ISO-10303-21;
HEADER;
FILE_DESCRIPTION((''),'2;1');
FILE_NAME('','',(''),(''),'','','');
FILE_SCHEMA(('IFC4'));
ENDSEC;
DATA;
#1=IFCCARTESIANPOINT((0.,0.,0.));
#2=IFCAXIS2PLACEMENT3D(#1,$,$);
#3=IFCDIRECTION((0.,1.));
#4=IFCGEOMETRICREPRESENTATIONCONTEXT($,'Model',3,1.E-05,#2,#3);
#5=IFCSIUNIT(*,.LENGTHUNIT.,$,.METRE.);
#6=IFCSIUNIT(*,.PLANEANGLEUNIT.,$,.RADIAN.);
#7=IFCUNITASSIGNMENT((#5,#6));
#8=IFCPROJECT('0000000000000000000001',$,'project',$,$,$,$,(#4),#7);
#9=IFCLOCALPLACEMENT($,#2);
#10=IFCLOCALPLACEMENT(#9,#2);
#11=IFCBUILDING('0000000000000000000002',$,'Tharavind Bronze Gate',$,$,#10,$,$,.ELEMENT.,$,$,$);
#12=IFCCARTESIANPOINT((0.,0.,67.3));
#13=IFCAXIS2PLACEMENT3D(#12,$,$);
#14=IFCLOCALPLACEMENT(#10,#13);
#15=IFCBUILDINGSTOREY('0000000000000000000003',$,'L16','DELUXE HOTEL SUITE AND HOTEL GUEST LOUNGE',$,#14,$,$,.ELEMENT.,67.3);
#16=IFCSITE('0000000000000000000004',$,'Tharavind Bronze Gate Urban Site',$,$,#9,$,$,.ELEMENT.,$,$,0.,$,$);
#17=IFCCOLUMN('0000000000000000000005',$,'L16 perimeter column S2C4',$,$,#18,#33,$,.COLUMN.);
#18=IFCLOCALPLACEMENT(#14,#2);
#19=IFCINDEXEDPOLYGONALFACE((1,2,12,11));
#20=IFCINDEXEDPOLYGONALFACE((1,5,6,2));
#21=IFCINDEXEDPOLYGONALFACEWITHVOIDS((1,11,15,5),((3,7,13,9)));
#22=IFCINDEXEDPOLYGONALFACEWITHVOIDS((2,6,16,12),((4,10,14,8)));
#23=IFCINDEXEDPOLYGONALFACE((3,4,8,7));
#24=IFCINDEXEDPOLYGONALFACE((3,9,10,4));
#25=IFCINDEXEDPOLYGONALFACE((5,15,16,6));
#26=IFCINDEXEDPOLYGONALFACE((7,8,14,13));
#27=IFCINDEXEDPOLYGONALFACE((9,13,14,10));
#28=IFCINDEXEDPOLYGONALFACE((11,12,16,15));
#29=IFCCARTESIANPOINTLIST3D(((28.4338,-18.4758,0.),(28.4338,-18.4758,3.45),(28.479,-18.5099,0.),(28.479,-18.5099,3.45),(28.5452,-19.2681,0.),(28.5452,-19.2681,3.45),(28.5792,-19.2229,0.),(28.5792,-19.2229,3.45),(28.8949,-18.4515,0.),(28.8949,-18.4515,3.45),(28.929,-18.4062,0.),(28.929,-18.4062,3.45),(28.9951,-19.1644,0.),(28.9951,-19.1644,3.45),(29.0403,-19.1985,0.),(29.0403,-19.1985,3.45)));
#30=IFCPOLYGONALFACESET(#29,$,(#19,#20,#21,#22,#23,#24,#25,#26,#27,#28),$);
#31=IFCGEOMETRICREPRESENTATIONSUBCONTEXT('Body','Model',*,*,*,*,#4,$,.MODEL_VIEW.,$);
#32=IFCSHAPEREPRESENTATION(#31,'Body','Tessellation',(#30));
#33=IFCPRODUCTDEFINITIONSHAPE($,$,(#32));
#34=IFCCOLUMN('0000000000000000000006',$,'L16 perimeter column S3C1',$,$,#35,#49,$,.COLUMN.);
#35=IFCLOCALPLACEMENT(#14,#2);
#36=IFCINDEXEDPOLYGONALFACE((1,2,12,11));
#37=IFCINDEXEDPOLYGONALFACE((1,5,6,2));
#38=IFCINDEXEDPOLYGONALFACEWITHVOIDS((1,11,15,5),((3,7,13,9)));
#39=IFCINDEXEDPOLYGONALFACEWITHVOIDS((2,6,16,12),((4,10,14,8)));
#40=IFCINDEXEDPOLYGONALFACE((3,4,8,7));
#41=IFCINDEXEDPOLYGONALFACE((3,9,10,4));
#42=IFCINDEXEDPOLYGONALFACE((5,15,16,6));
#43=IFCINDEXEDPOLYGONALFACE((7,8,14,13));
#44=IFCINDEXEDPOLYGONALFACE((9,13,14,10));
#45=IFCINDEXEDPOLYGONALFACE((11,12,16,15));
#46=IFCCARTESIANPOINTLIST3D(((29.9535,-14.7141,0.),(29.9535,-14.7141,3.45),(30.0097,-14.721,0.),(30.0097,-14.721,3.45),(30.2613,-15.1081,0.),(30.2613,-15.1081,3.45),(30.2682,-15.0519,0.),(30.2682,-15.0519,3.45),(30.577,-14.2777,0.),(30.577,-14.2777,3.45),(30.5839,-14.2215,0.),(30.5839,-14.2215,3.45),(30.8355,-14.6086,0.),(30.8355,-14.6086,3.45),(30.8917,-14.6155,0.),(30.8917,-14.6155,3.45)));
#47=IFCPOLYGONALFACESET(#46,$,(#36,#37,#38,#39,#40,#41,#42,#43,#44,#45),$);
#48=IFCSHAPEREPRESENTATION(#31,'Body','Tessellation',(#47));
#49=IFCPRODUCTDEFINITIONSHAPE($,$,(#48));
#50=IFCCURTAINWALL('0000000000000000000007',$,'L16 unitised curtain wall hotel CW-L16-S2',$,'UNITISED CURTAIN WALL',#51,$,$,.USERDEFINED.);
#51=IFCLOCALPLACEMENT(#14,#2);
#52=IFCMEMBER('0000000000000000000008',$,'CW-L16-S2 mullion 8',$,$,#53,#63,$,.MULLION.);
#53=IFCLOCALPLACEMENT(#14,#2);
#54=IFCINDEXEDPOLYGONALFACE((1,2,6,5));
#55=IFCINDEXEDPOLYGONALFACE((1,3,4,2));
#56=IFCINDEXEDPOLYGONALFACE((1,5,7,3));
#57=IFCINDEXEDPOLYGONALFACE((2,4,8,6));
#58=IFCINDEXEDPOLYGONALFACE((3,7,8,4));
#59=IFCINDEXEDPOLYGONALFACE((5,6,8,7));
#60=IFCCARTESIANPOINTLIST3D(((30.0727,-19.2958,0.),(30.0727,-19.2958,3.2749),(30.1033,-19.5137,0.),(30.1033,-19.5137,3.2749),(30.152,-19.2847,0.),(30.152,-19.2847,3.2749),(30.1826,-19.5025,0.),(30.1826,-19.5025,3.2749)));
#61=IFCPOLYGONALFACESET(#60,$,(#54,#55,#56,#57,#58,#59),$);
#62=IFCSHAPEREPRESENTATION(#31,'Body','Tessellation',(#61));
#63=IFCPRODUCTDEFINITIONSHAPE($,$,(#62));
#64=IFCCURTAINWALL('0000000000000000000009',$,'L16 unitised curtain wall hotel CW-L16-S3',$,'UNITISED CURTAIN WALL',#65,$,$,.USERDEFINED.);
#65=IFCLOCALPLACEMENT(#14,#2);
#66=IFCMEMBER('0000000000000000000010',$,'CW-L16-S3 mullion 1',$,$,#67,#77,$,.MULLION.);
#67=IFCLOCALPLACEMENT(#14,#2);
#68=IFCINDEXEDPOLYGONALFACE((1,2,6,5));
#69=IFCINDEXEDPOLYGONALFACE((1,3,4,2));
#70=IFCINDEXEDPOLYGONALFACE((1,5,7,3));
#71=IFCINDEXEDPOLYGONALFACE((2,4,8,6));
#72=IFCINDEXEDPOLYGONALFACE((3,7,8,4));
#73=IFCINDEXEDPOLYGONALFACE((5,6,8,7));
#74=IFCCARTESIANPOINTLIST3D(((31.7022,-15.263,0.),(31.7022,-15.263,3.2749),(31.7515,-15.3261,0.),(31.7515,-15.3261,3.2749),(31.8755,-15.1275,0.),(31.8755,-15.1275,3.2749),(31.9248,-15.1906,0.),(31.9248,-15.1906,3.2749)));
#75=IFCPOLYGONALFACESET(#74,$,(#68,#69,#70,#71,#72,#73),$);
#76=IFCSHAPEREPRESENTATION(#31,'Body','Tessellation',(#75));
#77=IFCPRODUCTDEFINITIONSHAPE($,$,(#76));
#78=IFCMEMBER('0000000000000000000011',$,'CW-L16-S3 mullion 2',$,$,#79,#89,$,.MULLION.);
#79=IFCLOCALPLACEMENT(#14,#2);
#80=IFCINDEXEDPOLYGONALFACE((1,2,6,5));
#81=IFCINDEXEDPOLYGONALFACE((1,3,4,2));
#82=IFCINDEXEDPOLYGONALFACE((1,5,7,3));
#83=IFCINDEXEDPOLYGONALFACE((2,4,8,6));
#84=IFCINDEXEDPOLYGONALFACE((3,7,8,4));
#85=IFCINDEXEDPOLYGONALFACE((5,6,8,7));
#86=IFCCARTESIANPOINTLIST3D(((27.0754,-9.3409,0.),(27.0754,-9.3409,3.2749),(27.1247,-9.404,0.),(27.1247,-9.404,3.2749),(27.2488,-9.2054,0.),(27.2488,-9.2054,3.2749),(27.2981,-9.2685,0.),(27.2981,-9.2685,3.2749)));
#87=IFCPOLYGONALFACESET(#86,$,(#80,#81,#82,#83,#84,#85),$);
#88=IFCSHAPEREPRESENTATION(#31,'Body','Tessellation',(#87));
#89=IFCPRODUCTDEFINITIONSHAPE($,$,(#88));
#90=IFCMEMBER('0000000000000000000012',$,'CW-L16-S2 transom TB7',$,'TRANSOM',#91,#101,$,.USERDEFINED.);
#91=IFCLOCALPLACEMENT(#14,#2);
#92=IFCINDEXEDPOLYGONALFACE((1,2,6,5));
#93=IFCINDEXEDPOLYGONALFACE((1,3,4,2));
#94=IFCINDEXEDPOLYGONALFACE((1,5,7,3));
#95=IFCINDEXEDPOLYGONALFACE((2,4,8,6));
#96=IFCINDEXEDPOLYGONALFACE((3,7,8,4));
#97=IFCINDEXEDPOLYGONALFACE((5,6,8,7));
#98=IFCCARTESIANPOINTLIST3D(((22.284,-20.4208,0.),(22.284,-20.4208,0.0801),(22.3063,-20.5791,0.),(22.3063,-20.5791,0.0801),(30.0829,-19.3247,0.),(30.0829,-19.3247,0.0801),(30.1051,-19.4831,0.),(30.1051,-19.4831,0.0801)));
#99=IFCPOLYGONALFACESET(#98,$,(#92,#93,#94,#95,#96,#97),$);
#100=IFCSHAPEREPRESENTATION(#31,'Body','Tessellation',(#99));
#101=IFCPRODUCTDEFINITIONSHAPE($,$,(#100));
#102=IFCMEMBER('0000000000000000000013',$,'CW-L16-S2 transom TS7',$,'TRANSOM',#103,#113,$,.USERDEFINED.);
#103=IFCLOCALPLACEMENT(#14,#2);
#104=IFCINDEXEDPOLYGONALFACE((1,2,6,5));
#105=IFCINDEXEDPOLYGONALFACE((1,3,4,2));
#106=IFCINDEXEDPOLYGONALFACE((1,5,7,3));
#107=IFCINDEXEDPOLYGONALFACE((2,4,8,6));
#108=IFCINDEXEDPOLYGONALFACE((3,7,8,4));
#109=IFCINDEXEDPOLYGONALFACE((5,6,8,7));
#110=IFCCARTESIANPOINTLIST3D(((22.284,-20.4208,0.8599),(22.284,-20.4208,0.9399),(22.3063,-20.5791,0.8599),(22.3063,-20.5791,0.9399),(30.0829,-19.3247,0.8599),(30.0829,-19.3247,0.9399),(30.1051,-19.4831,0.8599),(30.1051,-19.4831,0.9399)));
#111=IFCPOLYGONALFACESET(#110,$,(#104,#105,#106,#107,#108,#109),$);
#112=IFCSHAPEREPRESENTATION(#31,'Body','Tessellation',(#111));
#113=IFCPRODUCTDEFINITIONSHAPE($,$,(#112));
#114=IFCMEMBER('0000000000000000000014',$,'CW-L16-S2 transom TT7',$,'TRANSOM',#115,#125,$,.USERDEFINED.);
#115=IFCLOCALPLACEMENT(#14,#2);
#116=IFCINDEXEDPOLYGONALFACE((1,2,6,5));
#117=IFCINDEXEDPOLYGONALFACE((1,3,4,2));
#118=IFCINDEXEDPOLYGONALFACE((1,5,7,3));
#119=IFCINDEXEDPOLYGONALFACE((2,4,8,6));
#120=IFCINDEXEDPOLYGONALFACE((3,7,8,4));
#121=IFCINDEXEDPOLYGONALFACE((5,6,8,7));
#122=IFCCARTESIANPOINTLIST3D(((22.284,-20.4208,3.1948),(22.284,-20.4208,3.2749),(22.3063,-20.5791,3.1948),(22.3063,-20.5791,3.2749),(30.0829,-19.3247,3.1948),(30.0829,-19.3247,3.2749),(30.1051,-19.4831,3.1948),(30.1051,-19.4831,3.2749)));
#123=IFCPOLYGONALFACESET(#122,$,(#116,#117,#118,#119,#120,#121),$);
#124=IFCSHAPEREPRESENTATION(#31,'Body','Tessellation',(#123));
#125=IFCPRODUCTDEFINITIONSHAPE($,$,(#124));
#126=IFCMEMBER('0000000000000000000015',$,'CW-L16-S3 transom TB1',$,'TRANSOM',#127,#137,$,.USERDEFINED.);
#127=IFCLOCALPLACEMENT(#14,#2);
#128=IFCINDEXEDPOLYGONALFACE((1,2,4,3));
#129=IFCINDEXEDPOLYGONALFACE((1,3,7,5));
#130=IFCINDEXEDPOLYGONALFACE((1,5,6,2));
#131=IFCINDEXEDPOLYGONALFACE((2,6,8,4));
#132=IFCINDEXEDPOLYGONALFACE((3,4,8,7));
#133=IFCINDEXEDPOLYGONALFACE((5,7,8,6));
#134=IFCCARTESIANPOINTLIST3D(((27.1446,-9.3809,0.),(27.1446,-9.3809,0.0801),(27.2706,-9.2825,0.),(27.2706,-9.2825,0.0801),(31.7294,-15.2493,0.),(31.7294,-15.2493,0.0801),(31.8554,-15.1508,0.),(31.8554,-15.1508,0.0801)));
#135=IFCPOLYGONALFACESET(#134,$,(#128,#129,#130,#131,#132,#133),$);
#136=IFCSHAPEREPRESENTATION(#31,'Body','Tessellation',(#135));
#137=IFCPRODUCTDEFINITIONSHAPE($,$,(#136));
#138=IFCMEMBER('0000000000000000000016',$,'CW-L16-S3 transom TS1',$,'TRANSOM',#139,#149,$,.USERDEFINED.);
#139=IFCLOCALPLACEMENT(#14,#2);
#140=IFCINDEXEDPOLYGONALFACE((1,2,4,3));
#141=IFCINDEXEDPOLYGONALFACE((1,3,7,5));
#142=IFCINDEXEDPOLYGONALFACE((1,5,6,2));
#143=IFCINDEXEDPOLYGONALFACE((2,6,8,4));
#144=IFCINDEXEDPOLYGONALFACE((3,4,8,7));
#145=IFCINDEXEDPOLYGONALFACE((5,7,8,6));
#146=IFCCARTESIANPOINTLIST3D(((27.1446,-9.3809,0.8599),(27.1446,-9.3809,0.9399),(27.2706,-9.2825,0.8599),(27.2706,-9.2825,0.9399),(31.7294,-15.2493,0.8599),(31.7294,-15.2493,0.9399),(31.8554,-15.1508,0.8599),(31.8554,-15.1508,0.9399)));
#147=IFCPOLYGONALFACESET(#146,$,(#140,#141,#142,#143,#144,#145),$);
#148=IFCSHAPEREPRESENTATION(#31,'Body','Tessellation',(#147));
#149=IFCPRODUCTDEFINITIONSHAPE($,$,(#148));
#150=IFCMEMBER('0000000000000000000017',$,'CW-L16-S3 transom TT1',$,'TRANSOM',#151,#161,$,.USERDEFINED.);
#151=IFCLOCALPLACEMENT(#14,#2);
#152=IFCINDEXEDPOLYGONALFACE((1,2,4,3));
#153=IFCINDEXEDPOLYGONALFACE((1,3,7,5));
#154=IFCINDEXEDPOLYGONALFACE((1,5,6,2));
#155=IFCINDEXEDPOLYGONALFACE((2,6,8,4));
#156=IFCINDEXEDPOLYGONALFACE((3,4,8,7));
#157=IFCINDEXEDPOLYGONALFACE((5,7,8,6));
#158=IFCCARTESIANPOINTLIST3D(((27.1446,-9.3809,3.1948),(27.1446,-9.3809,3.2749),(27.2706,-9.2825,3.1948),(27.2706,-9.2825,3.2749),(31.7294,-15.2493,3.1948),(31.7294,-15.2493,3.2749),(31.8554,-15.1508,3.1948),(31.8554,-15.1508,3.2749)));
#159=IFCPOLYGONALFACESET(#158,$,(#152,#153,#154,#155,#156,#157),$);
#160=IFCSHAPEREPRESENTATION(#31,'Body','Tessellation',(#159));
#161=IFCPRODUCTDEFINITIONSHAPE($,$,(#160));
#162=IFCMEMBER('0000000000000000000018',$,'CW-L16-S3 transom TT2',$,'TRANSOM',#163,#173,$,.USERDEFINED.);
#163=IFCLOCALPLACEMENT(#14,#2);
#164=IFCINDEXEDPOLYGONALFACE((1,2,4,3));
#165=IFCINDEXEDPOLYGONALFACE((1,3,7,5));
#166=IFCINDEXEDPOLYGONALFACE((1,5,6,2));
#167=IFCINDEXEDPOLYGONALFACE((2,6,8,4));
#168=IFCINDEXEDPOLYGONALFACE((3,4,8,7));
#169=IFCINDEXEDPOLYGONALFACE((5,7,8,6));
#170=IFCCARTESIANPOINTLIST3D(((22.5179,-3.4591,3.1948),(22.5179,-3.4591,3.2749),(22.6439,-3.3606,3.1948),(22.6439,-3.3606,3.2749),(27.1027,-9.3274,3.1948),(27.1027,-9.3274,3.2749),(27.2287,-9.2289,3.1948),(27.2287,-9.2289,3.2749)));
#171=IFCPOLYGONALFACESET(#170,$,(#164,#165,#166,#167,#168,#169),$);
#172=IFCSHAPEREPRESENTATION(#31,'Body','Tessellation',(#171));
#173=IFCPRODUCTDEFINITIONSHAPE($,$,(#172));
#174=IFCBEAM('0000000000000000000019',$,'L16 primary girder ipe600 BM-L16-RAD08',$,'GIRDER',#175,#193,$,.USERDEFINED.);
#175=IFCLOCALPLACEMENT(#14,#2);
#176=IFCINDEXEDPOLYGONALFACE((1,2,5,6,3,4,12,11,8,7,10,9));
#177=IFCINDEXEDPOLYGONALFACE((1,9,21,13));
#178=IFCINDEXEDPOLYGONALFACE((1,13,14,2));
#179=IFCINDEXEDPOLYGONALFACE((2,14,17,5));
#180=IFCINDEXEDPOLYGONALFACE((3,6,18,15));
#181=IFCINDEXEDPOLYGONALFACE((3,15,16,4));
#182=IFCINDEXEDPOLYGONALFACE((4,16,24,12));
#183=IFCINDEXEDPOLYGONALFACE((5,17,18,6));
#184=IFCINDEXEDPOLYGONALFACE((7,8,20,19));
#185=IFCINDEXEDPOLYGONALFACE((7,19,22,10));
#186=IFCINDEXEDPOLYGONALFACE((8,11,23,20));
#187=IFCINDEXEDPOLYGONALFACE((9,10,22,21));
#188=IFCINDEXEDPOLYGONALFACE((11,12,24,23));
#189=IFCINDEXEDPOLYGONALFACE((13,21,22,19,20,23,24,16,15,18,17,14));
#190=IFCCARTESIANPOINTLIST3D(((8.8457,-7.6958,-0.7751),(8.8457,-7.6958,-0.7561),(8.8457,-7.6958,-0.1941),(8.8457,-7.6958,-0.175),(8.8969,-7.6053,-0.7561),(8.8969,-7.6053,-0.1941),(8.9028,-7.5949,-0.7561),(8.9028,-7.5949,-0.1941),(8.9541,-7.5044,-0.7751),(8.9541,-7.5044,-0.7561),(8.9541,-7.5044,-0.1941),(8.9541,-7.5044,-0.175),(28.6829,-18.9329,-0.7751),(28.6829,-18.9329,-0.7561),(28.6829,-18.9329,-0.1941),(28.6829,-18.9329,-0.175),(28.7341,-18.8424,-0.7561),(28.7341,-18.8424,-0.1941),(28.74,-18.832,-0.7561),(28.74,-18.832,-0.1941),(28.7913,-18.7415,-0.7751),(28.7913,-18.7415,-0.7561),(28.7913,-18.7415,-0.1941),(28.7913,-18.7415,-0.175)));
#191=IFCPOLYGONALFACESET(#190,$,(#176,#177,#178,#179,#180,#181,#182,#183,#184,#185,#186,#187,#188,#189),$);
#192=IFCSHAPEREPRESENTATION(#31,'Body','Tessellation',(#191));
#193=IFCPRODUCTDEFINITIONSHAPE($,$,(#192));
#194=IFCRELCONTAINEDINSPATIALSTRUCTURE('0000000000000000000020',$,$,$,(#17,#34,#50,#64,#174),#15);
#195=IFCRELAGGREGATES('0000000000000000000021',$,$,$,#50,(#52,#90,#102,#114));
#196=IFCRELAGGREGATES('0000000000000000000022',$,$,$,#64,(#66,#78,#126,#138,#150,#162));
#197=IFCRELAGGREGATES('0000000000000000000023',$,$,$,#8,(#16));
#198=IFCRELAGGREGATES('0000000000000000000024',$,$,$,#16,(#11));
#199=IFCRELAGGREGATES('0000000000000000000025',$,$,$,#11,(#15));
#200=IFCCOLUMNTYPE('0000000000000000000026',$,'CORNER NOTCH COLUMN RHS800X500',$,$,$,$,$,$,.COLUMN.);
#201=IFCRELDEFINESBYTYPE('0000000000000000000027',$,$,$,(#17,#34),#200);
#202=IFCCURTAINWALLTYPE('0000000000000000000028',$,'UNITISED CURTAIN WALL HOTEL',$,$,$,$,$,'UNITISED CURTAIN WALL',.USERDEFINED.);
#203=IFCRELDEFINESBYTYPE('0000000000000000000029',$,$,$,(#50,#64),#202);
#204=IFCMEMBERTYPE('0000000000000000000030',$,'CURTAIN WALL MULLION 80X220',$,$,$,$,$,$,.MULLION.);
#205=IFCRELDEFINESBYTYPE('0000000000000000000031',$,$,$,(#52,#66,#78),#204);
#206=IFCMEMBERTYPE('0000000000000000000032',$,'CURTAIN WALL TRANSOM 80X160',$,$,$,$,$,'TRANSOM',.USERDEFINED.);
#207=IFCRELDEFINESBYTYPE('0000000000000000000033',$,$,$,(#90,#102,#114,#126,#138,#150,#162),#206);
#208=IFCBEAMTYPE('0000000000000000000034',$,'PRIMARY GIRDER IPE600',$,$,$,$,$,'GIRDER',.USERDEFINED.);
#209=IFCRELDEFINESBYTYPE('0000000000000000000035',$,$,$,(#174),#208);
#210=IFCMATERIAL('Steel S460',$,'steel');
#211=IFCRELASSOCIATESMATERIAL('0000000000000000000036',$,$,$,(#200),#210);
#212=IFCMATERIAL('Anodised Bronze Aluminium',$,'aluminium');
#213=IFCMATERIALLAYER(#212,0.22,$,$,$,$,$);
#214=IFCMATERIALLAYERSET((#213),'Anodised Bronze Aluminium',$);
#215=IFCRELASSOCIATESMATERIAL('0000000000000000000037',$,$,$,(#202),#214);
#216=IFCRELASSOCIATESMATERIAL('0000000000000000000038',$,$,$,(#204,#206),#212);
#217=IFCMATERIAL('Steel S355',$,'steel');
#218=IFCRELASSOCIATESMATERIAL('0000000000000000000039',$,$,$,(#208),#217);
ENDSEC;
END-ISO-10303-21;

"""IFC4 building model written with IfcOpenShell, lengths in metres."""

from ifc_helpers import new_model, si_unit, direction, frame, origin, origin_2d, place, context, subcontext, project, spatial, rectangle, hollow_rectangle, i_section, extrude, material, layer, layer_set, material_profile, profile_set, type_object, element, aggregate, save


model = new_model("IFC4")

# Units and contexts
model_context = context("Model", 3, precision=1e-05, world=origin(), true_north=direction((0.0, 1.0)))
body_context = subcontext(model_context, "Body", "Model", "MODEL_VIEW")
ifc_project = project(units=[si_unit("LENGTHUNIT", "METRE"), si_unit("PLANEANGLEUNIT", "RADIAN")], contexts=[model_context])

# Site, building, storey
site_placement = place(None, origin())
site = spatial("IfcSite", under=ifc_project, at=site_placement, Name="Tharavind Bronze Gate Urban Site", CompositionType="ELEMENT", RefElevation=0.0)
building_placement = place(site_placement, origin())
building = spatial("IfcBuilding", under=site, at=building_placement, Name="Tharavind Bronze Gate", CompositionType="ELEMENT")
storey_placement = place(building_placement, frame((0.0, 0.0, 67.3)))
storey = spatial("IfcBuildingStorey", under=building, at=storey_placement, Name="L16", Description="DELUXE HOTEL SUITE AND HOTEL GUEST LOUNGE", CompositionType="ELEMENT", Elevation=67.3)

# Columns
ifc_material_1 = material(Name="Steel S460", Category="steel")
ifc_material_profile_1 = material_profile(ifc_material_1, hollow_rectangle(XDim=0.5, YDim=0.8, WallThickness=0.04, at=origin_2d()), Name="RHS800X500X40")
ifc_profile_set_1 = profile_set([ifc_material_profile_1], Name="Steel S460")
column_type = type_object("IfcColumnType", Name="CORNER NOTCH COLUMN RHS800X500", PredefinedType="COLUMN", material=ifc_profile_set_1)
for number, where, z_axis, x_axis, name in (
    (1, (28.7371, -18.8372, 0.0), (0.0, 0.0, 1.0), (0.990268, 0.139173, 0.0), "L16 perimeter column S2C4"),
    (2, (30.4226, -14.6648, 0.0), (0.0, 0.0, 1.0), (-0.615661, 0.788011, 0.0), "L16 perimeter column S3C1"),
):
    element("IfcColumn", number, at=place(storey_placement, frame(where, z_axis=z_axis, x_axis=x_axis)), inside=storey, type_object=column_type, Name=name, PredefinedType="COLUMN", context=body_context, shape_type="SweptSolid", body=[
        extrude(hollow_rectangle(XDim=0.5, YDim=0.8, WallThickness=0.04, at=origin_2d()), origin(), (0.0, 0.0, 1.0), 3.45),
    ])

# Curtain wall, member
ifc_material_2 = material(Name="Anodised Bronze Aluminium", Category="aluminium")
ifc_layer_1 = layer(ifc_material_2, 0.22)
ifc_layer_set_1 = layer_set([ifc_layer_1], Name="Anodised Bronze Aluminium")
curtain_wall_type = type_object("IfcCurtainWallType", Name="UNITISED CURTAIN WALL HOTEL", ElementType="UNITISED CURTAIN WALL", PredefinedType="USERDEFINED", material=ifc_layer_set_1)
curtain_wall_1_placement = place(storey_placement, origin())
curtain_wall_1 = element("IfcCurtainWall", 3, at=curtain_wall_1_placement, inside=storey, type_object=curtain_wall_type, Name="L16 unitised curtain wall hotel CW-L16-S2", ObjectType="UNITISED CURTAIN WALL", PredefinedType="USERDEFINED")
member_type_1 = type_object("IfcMemberType", Name="CURTAIN WALL MULLION 80X220", PredefinedType="MULLION", material=ifc_material_2)
member_1_placement = place(storey_placement, frame((30.1277, -19.3992, 0.0), z_axis=(0.0, 0.0, 1.0), x_axis=(0.990268, 0.139173, 0.0)))
member_1 = element("IfcMember", 4, at=member_1_placement, type_object=member_type_1, Name="CW-L16-S2 mullion 8", PredefinedType="MULLION", context=body_context, shape_type="SweptSolid", body=[
    extrude(rectangle(XDim=0.0801, YDim=0.22, at=origin_2d()), origin(), (0.0, 0.0, 1.0), 3.2749),
])

# Curtain wall, members
curtain_wall_2_placement = place(storey_placement, origin())
curtain_wall_2 = element("IfcCurtainWall", 5, at=curtain_wall_2_placement, inside=storey, type_object=curtain_wall_type, Name="L16 unitised curtain wall hotel CW-L16-S3", ObjectType="UNITISED CURTAIN WALL", PredefinedType="USERDEFINED")
member_2_placement = place(storey_placement, frame((31.8135, -15.2268, 0.0), z_axis=(0.0, 0.0, 1.0), x_axis=(-0.615661, 0.788011, 0.0)))
member_2 = element("IfcMember", 6, at=member_2_placement, type_object=member_type_1, Name="CW-L16-S3 mullion 1", PredefinedType="MULLION", context=body_context, shape_type="SweptSolid", body=[
    extrude(rectangle(XDim=0.0801, YDim=0.22, at=origin_2d()), origin(), (0.0, 0.0, 1.0), 3.2749),
])
member_3_placement = place(storey_placement, frame((27.1868, -9.3047, 0.0), z_axis=(0.0, 0.0, 1.0), x_axis=(-0.615661, 0.788011, 0.0)))
member_3 = element("IfcMember", 7, at=member_3_placement, type_object=member_type_1, Name="CW-L16-S3 mullion 2", PredefinedType="MULLION", context=body_context, shape_type="SweptSolid", body=[
    extrude(rectangle(XDim=0.0801, YDim=0.22, at=origin_2d()), origin(), (0.0, 0.0, 1.0), 3.2749),
])

# Members
member_type_2 = type_object("IfcMemberType", Name="CURTAIN WALL TRANSOM 80X160", ElementType="TRANSOM", PredefinedType="USERDEFINED", material=ifc_material_2)
member_4_placement = place(storey_placement, frame((26.1946, -19.9519, 0.0), z_axis=(0.0, 0.0, 1.0), x_axis=(0.990268, 0.139173, 0.0)))
member_4 = element("IfcMember", 8, at=member_4_placement, type_object=member_type_2, Name="CW-L16-S2 transom TB7", ObjectType="TRANSOM", PredefinedType="USERDEFINED", context=body_context, shape_type="SweptSolid", body=[
    extrude(rectangle(XDim=7.8755, YDim=0.1599, at=origin_2d()), origin(), (0.0, 0.0, 1.0), 0.0801),
])
member_5_placement = place(storey_placement, frame((26.1946, -19.9519, 0.8599), z_axis=(0.0, 0.0, 1.0), x_axis=(0.990268, 0.139173, 0.0)))
member_5 = element("IfcMember", 9, at=member_5_placement, type_object=member_type_2, Name="CW-L16-S2 transom TS7", ObjectType="TRANSOM", PredefinedType="USERDEFINED", context=body_context, shape_type="SweptSolid", body=[
    extrude(rectangle(XDim=7.8755, YDim=0.1599, at=origin_2d()), origin(), (0.0, 0.0, 1.0), 0.0801),
])
member_6_placement = place(storey_placement, frame((26.1946, -19.9519, 3.1948), z_axis=(0.0, 0.0, 1.0), x_axis=(0.990268, 0.139173, 0.0)))
member_6 = element("IfcMember", 10, at=member_6_placement, type_object=member_type_2, Name="CW-L16-S2 transom TT7", ObjectType="TRANSOM", PredefinedType="USERDEFINED", context=body_context, shape_type="SweptSolid", body=[
    extrude(rectangle(XDim=7.8755, YDim=0.1599, at=origin_2d()), origin(), (0.0, 0.0, 1.0), 0.0801),
])
member_7_placement = place(storey_placement, frame((29.5, -12.2659, 0.0), z_axis=(0.0, 0.0, 1.0), x_axis=(-0.615661, 0.788011, 0.0)))
member_7 = element("IfcMember", 11, at=member_7_placement, type_object=member_type_2, Name="CW-L16-S3 transom TB1", ObjectType="TRANSOM", PredefinedType="USERDEFINED", context=body_context, shape_type="SweptSolid", body=[
    extrude(rectangle(XDim=7.447, YDim=0.1599, at=origin_2d()), origin(), (0.0, 0.0, 1.0), 0.0801),
])
member_8_placement = place(storey_placement, frame((29.5, -12.2659, 0.8599), z_axis=(0.0, 0.0, 1.0), x_axis=(-0.615661, 0.788011, 0.0)))
member_8 = element("IfcMember", 12, at=member_8_placement, type_object=member_type_2, Name="CW-L16-S3 transom TS1", ObjectType="TRANSOM", PredefinedType="USERDEFINED", context=body_context, shape_type="SweptSolid", body=[
    extrude(rectangle(XDim=7.447, YDim=0.1599, at=origin_2d()), origin(), (0.0, 0.0, 1.0), 0.0801),
])
member_9_placement = place(storey_placement, frame((29.5, -12.2659, 3.1948), z_axis=(0.0, 0.0, 1.0), x_axis=(-0.615661, 0.788011, 0.0)))
member_9 = element("IfcMember", 13, at=member_9_placement, type_object=member_type_2, Name="CW-L16-S3 transom TT1", ObjectType="TRANSOM", PredefinedType="USERDEFINED", context=body_context, shape_type="SweptSolid", body=[
    extrude(rectangle(XDim=7.447, YDim=0.1599, at=origin_2d()), origin(), (0.0, 0.0, 1.0), 0.0801),
])
member_10_placement = place(storey_placement, frame((24.8733, -6.344, 3.1948), z_axis=(0.0, 0.0, 1.0), x_axis=(-0.615661, 0.788011, 0.0)))
member_10 = element("IfcMember", 14, at=member_10_placement, type_object=member_type_2, Name="CW-L16-S3 transom TT2", ObjectType="TRANSOM", PredefinedType="USERDEFINED", context=body_context, shape_type="SweptSolid", body=[
    extrude(rectangle(XDim=7.447, YDim=0.1599, at=origin_2d()), origin(), (0.0, 0.0, 1.0), 0.0801),
])

# Beam
ifc_material_3 = material(Name="Steel S355", Category="steel")
ifc_material_profile_2 = material_profile(ifc_material_3, i_section(OverallWidth=0.22, OverallDepth=0.6001, WebThickness=0.012, FlangeThickness=0.019, at=origin_2d()), Name="IPE600")
ifc_profile_set_2 = profile_set([ifc_material_profile_2], Name="Steel S355")
beam_type_1 = type_object("IfcBeamType", Name="PRIMARY GIRDER IPE600", ElementType="GIRDER", PredefinedType="USERDEFINED", material=ifc_profile_set_2)
beam_1_placement = place(storey_placement, frame((28.7371, -18.8372, -0.4751), z_axis=(-0.870097, 0.49288, 0.0), x_axis=(-0.49288, -0.870097, 0.0)))
element("IfcBeam", 15, at=beam_1_placement, inside=storey, type_object=beam_type_1, Name="L16 primary girder ipe600 BM-L16-RAD08", ObjectType="GIRDER", PredefinedType="USERDEFINED", context=body_context, shape_type="SweptSolid", body=[
    extrude(i_section(OverallWidth=0.22, OverallDepth=0.6001, WebThickness=0.012, FlangeThickness=0.019, at=origin_2d()), origin(), (0.0, 0.0, 1.0), 22.7988),
])

aggregate(curtain_wall_1, [member_1, member_4, member_5, member_6])
aggregate(curtain_wall_2, [member_2, member_3, member_7, member_8, member_9, member_10])

save(model, "model.ifc")
